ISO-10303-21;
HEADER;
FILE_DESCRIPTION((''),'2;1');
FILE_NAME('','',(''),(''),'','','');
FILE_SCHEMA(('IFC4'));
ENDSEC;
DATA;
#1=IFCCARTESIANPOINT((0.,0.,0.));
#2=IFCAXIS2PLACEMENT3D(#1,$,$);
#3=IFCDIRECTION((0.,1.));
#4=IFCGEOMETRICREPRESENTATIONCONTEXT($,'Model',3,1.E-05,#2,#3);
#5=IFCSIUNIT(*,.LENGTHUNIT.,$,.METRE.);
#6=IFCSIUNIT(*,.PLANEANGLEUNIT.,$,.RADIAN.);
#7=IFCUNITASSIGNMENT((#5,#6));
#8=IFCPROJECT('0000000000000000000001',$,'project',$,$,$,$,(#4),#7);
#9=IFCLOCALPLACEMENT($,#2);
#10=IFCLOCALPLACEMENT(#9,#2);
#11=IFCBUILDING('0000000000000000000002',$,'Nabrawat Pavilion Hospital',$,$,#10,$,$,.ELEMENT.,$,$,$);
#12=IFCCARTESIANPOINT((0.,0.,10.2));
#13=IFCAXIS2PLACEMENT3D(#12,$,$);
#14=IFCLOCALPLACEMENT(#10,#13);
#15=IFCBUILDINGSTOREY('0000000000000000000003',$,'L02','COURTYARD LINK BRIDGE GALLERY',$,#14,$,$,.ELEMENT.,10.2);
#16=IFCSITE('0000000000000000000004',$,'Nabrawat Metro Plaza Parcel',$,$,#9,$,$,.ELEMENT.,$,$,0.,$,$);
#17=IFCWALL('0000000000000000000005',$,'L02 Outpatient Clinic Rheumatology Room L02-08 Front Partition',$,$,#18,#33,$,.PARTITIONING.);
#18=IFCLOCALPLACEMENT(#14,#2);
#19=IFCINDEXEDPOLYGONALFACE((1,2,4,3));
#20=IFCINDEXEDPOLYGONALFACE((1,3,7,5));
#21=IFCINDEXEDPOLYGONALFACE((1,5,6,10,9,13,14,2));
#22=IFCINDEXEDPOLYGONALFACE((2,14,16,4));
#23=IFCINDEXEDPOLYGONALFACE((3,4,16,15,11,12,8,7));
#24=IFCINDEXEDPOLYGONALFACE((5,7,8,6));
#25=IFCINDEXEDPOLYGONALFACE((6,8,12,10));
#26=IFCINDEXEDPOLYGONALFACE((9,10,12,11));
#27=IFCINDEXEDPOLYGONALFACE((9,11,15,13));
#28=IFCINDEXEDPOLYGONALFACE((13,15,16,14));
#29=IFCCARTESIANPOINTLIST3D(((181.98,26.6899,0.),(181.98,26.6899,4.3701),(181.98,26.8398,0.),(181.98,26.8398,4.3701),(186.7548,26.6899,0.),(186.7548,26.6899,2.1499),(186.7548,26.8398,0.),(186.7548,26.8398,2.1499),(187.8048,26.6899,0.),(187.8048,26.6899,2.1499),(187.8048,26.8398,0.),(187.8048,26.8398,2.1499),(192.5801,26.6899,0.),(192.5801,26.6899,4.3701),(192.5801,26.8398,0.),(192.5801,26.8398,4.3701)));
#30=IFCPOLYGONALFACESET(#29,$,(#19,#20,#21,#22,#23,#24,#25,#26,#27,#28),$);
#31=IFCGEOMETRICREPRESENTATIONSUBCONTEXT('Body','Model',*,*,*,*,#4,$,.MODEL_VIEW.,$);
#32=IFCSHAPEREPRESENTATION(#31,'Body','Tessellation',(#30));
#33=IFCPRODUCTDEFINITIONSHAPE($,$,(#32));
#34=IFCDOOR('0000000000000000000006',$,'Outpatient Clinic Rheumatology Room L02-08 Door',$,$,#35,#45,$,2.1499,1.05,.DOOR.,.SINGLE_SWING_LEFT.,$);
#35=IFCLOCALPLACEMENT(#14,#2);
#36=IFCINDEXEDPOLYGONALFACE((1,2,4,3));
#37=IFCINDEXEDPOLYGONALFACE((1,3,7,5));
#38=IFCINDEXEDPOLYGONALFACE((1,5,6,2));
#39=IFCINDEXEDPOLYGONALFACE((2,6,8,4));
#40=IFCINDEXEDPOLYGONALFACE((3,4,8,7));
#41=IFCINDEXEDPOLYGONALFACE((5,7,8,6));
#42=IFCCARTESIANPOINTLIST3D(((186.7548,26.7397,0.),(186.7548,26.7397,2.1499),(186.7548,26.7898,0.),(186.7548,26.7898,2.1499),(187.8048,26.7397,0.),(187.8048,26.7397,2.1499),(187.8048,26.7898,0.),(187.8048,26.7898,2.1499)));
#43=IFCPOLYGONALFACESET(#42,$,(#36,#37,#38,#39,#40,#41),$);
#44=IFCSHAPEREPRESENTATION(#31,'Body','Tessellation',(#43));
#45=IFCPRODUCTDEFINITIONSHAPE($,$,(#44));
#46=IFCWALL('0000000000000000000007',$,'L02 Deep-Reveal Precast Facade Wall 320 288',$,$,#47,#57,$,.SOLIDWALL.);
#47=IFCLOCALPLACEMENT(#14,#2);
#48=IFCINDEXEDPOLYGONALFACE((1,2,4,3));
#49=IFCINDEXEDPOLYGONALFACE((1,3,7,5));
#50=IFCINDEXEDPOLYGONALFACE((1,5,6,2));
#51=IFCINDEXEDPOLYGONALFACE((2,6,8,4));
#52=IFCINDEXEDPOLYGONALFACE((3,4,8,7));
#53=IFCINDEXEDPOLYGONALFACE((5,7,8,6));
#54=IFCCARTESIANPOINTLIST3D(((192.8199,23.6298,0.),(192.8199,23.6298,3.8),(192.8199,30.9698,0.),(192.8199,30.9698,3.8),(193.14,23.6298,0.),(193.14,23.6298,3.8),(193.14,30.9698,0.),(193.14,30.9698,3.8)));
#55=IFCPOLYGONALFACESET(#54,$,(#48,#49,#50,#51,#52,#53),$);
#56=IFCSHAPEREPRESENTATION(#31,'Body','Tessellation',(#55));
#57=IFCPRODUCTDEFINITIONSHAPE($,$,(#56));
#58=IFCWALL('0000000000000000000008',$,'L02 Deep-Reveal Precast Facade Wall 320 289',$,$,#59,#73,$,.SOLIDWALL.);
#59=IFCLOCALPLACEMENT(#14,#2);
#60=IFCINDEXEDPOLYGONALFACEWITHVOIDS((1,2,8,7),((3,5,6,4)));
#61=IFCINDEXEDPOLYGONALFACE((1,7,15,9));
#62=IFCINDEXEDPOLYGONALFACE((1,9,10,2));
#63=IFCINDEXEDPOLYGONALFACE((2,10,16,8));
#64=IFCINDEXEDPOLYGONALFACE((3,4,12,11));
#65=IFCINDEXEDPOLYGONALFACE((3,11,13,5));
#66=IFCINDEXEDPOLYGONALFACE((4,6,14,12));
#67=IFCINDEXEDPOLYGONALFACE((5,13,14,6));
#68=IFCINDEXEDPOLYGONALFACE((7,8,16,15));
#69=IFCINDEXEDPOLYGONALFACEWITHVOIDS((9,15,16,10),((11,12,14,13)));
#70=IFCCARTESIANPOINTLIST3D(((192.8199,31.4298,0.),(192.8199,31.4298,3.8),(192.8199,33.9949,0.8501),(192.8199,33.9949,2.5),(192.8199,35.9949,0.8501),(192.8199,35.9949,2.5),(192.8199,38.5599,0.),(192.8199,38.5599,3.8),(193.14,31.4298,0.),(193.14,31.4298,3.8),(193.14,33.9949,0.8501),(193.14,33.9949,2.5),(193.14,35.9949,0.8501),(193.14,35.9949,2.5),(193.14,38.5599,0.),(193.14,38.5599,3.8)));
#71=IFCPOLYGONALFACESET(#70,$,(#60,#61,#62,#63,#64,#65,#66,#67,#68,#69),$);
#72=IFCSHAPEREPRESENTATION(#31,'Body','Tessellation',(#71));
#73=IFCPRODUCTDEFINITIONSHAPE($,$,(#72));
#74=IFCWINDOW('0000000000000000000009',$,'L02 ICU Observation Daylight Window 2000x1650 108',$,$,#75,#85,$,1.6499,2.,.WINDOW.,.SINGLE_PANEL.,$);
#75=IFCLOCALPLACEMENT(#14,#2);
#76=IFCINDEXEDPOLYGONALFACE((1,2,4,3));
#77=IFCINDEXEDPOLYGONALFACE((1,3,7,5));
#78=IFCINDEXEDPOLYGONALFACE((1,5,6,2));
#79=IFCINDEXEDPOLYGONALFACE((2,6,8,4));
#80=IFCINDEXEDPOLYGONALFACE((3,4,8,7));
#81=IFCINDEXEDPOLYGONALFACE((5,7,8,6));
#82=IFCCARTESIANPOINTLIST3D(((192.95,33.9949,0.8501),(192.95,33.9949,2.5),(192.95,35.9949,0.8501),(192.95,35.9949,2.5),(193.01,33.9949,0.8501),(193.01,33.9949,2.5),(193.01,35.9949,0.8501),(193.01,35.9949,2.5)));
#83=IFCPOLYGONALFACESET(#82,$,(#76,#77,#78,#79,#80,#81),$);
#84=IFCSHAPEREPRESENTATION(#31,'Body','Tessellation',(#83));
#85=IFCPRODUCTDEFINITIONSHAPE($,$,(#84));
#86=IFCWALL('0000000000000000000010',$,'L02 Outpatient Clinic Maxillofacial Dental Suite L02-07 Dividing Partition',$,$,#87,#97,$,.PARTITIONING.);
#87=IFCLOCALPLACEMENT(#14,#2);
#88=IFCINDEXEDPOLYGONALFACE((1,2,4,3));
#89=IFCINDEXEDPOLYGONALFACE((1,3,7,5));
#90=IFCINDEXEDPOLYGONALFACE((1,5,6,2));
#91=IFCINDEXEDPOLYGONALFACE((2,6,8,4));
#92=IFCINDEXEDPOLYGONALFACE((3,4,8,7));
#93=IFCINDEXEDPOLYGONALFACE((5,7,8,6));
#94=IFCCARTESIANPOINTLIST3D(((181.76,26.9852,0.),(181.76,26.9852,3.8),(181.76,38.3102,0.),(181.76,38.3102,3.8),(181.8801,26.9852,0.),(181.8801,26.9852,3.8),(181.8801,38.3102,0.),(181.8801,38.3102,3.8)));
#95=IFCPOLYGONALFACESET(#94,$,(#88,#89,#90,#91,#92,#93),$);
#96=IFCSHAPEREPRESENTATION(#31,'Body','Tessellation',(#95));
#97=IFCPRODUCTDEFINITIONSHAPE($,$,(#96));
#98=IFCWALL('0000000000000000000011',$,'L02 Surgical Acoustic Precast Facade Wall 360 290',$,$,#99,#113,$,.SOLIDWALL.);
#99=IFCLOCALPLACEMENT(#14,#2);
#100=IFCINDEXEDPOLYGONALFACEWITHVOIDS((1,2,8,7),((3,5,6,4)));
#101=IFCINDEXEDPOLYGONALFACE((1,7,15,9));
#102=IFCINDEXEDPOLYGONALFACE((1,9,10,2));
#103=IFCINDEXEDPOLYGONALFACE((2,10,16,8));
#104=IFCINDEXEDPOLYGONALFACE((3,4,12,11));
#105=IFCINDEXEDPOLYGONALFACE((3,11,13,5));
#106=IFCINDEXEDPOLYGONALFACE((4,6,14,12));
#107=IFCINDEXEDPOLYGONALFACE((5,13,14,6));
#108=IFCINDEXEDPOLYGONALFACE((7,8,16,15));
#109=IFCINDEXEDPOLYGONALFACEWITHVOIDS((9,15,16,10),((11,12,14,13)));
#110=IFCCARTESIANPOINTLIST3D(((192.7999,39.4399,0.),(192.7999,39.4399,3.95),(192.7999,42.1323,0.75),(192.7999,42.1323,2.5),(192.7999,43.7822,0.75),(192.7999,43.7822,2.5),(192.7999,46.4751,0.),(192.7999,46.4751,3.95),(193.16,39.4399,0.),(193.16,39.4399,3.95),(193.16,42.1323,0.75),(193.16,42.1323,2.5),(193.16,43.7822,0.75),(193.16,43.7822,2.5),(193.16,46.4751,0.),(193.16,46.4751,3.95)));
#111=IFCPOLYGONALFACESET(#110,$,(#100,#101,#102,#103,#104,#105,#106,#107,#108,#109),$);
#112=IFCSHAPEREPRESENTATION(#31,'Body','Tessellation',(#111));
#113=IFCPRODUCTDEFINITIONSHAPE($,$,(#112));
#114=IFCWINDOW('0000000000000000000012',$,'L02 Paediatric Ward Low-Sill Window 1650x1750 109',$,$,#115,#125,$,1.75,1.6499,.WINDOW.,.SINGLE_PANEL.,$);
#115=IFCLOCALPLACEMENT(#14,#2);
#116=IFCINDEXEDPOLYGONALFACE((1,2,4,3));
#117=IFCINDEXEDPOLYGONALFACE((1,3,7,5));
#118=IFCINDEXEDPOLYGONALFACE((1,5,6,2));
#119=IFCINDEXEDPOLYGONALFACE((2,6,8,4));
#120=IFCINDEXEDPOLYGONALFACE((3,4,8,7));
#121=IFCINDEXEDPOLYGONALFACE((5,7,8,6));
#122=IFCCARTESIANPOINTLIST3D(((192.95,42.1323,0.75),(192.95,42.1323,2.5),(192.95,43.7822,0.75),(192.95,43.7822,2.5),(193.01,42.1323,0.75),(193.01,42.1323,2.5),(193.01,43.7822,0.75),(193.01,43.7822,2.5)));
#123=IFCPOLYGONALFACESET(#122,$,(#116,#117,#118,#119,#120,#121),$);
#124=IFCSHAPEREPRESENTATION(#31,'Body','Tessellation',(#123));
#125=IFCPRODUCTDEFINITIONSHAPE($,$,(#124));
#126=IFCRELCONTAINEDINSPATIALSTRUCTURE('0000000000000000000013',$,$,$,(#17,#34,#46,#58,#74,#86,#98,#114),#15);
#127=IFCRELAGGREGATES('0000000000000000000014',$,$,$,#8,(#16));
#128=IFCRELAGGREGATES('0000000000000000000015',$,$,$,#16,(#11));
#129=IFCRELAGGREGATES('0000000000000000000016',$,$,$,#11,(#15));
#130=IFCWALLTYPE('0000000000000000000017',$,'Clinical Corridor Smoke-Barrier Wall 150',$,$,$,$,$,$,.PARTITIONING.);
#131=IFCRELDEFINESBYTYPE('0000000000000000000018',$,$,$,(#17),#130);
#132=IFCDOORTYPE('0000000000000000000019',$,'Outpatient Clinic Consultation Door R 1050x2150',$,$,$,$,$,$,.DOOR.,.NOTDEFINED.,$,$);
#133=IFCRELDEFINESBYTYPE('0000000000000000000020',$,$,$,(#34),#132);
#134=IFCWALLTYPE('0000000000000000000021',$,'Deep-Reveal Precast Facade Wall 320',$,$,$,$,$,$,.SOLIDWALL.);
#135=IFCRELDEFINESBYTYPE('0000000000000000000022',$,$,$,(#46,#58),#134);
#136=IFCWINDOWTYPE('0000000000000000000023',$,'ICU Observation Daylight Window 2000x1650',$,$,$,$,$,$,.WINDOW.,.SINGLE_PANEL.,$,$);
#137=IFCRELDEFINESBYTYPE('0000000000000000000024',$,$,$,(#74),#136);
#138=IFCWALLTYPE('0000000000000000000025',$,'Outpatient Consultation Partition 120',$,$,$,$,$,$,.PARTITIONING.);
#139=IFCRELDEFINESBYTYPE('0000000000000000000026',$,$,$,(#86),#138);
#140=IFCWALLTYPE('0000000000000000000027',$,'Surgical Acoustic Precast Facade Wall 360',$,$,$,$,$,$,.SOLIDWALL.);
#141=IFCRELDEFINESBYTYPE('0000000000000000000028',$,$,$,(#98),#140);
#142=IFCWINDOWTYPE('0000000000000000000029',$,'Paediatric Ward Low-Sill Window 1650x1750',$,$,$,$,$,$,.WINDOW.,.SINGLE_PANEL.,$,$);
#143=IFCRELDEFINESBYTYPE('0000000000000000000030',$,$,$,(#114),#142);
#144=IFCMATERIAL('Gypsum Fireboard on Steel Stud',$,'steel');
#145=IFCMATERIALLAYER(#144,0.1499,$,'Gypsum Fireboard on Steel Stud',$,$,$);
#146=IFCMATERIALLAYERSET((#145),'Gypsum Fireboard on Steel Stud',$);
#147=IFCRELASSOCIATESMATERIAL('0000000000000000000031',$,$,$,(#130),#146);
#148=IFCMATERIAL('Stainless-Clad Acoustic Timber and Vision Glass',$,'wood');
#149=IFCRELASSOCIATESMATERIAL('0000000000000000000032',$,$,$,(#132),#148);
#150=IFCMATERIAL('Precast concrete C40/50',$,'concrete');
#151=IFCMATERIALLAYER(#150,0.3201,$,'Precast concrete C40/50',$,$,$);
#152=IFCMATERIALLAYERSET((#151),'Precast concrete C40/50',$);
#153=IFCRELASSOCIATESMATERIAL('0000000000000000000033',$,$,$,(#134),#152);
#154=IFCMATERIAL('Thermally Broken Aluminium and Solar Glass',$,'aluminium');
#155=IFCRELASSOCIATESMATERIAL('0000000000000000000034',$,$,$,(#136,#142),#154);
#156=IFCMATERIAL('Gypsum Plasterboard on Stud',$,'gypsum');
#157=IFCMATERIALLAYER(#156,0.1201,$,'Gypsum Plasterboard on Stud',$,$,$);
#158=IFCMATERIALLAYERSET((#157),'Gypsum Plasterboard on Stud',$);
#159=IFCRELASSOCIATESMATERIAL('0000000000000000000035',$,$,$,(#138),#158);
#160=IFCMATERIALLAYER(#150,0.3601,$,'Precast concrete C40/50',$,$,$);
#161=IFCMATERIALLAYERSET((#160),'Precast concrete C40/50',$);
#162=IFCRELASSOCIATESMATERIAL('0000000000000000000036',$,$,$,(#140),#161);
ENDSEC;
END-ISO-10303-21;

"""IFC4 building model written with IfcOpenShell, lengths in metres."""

from ifc_helpers import new_model, si_unit, direction, frame, frame_2d, origin, place, context, subcontext, project, spatial, rectangle, extrude, material, layer, layer_set, type_object, element, fill, save


model = new_model("IFC4")

# Units and contexts
model_context = context("Model", 3, precision=1e-05, world=origin(), true_north=direction((0.0, 1.0)))
body_context = subcontext(model_context, "Body", "Model", "MODEL_VIEW")
ifc_project = project(units=[si_unit("LENGTHUNIT", "METRE"), si_unit("PLANEANGLEUNIT", "RADIAN")], contexts=[model_context])

# Site, building, storey
site_placement = place(None, origin())
site = spatial("IfcSite", under=ifc_project, at=site_placement, Name="Nabrawat Metro Plaza Parcel", CompositionType="ELEMENT", RefElevation=0.0)
building_placement = place(site_placement, origin())
building = spatial("IfcBuilding", under=site, at=building_placement, Name="Nabrawat Pavilion Hospital", CompositionType="ELEMENT")
storey_placement = place(building_placement, frame((0.0, 0.0, 10.2)))
storey = spatial("IfcBuildingStorey", under=building, at=storey_placement, Name="L02", Description="COURTYARD LINK BRIDGE GALLERY", CompositionType="ELEMENT", Elevation=10.2)

# Wall, opening, door
ifc_material_1 = material(Name="Gypsum Fireboard on Steel Stud", Category="steel")
ifc_layer_1 = layer(ifc_material_1, 0.1499, Name="Gypsum Fireboard on Steel Stud")
ifc_layer_set_1 = layer_set([ifc_layer_1], Name="Gypsum Fireboard on Steel Stud")
wall_type_1 = type_object("IfcWallType", Name="Clinical Corridor Smoke-Barrier Wall 150", PredefinedType="PARTITIONING", material=ifc_layer_set_1)
wall_1_placement = place(storey_placement, frame((181.98, 26.7649, 0.0), z_axis=(0.0, 0.0, 1.0), x_axis=(1.0, 0.0, 0.0)))
wall_1 = element("IfcWall", 1, at=wall_1_placement, inside=storey, type_object=wall_type_1, Name="L02 Outpatient Clinic Rheumatology Room L02-08 Front Partition", PredefinedType="PARTITIONING", context=body_context, shape_type="SweptSolid", body=[
    extrude(rectangle(XDim=10.6001, YDim=0.1499, at=frame_2d((5.3, 0.0))), origin(), (0.0, 0.0, 1.0), 4.3701),
])
opening_1_placement = place(wall_1_placement, frame((4.7749, 0.0, 0.0)))
opening_1 = element("IfcOpeningElement", 2, at=opening_1_placement, cuts=wall_1, PredefinedType="OPENING", context=body_context, shape_type="SweptSolid", body=[
    extrude(rectangle(XDim=1.05, YDim=2.1499, at=frame_2d((0.5249, 1.075))), frame((0.0, 0.085, 0.0), z_axis=(0.0, -1.0, 0.0), x_axis=(1.0, 0.0, 0.0)), (0.0, 0.0, 1.0), 0.1699),
])
ifc_material_2 = material(Name="Stainless-Clad Acoustic Timber and Vision Glass", Category="wood")
door_type = type_object("IfcDoorType", Name="Outpatient Clinic Consultation Door R 1050x2150", OperationType="NOTDEFINED", PredefinedType="DOOR", material=ifc_material_2)
door_placement = place(opening_1_placement, origin())
door = element("IfcDoor", 3, at=door_placement, inside=storey, type_object=door_type, Name="Outpatient Clinic Rheumatology Room L02-08 Door", OperationType="SINGLE_SWING_LEFT", OverallHeight=2.1499, OverallWidth=1.05, PredefinedType="DOOR", context=body_context, shape_type="SweptSolid", body=[
    extrude(rectangle(XDim=1.05, YDim=2.1499, at=frame_2d((0.5249, 1.075))), frame((0.0, 0.0249, 0.0), z_axis=(0.0, -1.0, 0.0), x_axis=(1.0, 0.0, 0.0)), (0.0, 0.0, 1.0), 0.05),
])
fill(opening_1, door)

# Wall
ifc_material_3 = material(Name="Precast concrete C40/50", Category="concrete")
ifc_layer_2 = layer(ifc_material_3, 0.3201, Name="Precast concrete C40/50")
ifc_layer_set_2 = layer_set([ifc_layer_2], Name="Precast concrete C40/50")
wall_type_2 = type_object("IfcWallType", Name="Deep-Reveal Precast Facade Wall 320", PredefinedType="SOLIDWALL", material=ifc_layer_set_2)
wall_2_placement = place(storey_placement, frame((192.98, 23.6299, 0.0), z_axis=(0.0, 0.0, 1.0), x_axis=(0.0, 1.0, 0.0)))
element("IfcWall", 4, at=wall_2_placement, inside=storey, type_object=wall_type_2, Name="L02 Deep-Reveal Precast Facade Wall 320 288", PredefinedType="SOLIDWALL", context=body_context, shape_type="SweptSolid", body=[
    extrude(rectangle(XDim=7.3401, YDim=0.3201, at=frame_2d((3.6699, 0.0))), origin(), (0.0, 0.0, 1.0), 3.8),
])

# Wall, opening, window
wall_3_placement = place(storey_placement, frame((192.98, 31.4299, 0.0), z_axis=(0.0, 0.0, 1.0), x_axis=(0.0, 1.0, 0.0)))
wall_3 = element("IfcWall", 5, at=wall_3_placement, inside=storey, type_object=wall_type_2, Name="L02 Deep-Reveal Precast Facade Wall 320 289", PredefinedType="SOLIDWALL", context=body_context, shape_type="SweptSolid", body=[
    extrude(rectangle(XDim=7.1301, YDim=0.3201, at=frame_2d((3.5649, 0.0))), origin(), (0.0, 0.0, 1.0), 3.8),
])
opening_2_placement = place(wall_3_placement, frame((2.5649, 0.0, 0.8501)))
opening_2 = element("IfcOpeningElement", 6, at=opening_2_placement, cuts=wall_3, PredefinedType="OPENING", context=body_context, shape_type="SweptSolid", body=[
    extrude(rectangle(XDim=2.0, YDim=1.6499, at=frame_2d((1.0, 0.825))), frame((0.0, 0.1699, 0.0), z_axis=(0.0, -1.0, 0.0), x_axis=(1.0, 0.0, 0.0)), (0.0, 0.0, 1.0), 0.3401),
])
ifc_material_4 = material(Name="Thermally Broken Aluminium and Solar Glass", Category="aluminium")
window_type_1 = type_object("IfcWindowType", Name="ICU Observation Daylight Window 2000x1650", PartitioningType="SINGLE_PANEL", PredefinedType="WINDOW", material=ifc_material_4)
window_1_placement = place(opening_2_placement, origin())
window_1 = element("IfcWindow", 7, at=window_1_placement, inside=storey, type_object=window_type_1, Name="L02 ICU Observation Daylight Window 2000x1650 108", OverallHeight=1.6499, OverallWidth=2.0, PartitioningType="SINGLE_PANEL", PredefinedType="WINDOW", context=body_context, shape_type="SweptSolid", body=[
    extrude(rectangle(XDim=2.0, YDim=1.6499, at=frame_2d((1.0, 0.825))), frame((0.0, 0.03, 0.0), z_axis=(0.0, -1.0, 0.0), x_axis=(1.0, 0.0, 0.0)), (0.0, 0.0, 1.0), 0.0601),
])
fill(opening_2, window_1)

# Wall
ifc_material_5 = material(Name="Gypsum Plasterboard on Stud", Category="gypsum")
ifc_layer_3 = layer(ifc_material_5, 0.1201, Name="Gypsum Plasterboard on Stud")
ifc_layer_set_3 = layer_set([ifc_layer_3], Name="Gypsum Plasterboard on Stud")
wall_type_3 = type_object("IfcWallType", Name="Outpatient Consultation Partition 120", PredefinedType="PARTITIONING", material=ifc_layer_set_3)
wall_4_placement = place(storey_placement, frame((181.8201, 26.9851, 0.0), z_axis=(0.0, 0.0, 1.0), x_axis=(0.0, 1.0, 0.0)))
element("IfcWall", 8, at=wall_4_placement, inside=storey, type_object=wall_type_3, Name="L02 Outpatient Clinic Maxillofacial Dental Suite L02-07 Dividing Partition", PredefinedType="PARTITIONING", context=body_context, shape_type="SweptSolid", body=[
    extrude(rectangle(XDim=11.325, YDim=0.1201, at=frame_2d((5.6626, 0.0))), origin(), (0.0, 0.0, 1.0), 3.8),
])

# Wall, opening, window
ifc_layer_4 = layer(ifc_material_3, 0.3601, Name="Precast concrete C40/50")
ifc_layer_set_4 = layer_set([ifc_layer_4], Name="Precast concrete C40/50")
wall_type_4 = type_object("IfcWallType", Name="Surgical Acoustic Precast Facade Wall 360", PredefinedType="SOLIDWALL", material=ifc_layer_set_4)
wall_5_placement = place(storey_placement, frame((192.98, 39.4399, 0.0), z_axis=(0.0, 0.0, 1.0), x_axis=(0.0, 1.0, 0.0)))
wall_5 = element("IfcWall", 9, at=wall_5_placement, inside=storey, type_object=wall_type_4, Name="L02 Surgical Acoustic Precast Facade Wall 360 290", PredefinedType="SOLIDWALL", context=body_context, shape_type="SweptSolid", body=[
    extrude(rectangle(XDim=7.0352, YDim=0.3601, at=frame_2d((3.5176, 0.0))), origin(), (0.0, 0.0, 1.0), 3.95),
])
opening_3_placement = place(wall_5_placement, frame((2.6924, 0.0, 0.75)))
opening_3 = element("IfcOpeningElement", 10, at=opening_3_placement, cuts=wall_5, PredefinedType="OPENING", context=body_context, shape_type="SweptSolid", body=[
    extrude(rectangle(XDim=1.6499, YDim=1.75, at=frame_2d((0.825, 0.875))), frame((0.0, 0.1899, 0.0), z_axis=(0.0, -1.0, 0.0), x_axis=(1.0, 0.0, 0.0)), (0.0, 0.0, 1.0), 0.3801),
])
window_type_2 = type_object("IfcWindowType", Name="Paediatric Ward Low-Sill Window 1650x1750", PartitioningType="SINGLE_PANEL", PredefinedType="WINDOW", material=ifc_material_4)
window_2_placement = place(opening_3_placement, origin())
window_2 = element("IfcWindow", 11, at=window_2_placement, inside=storey, type_object=window_type_2, Name="L02 Paediatric Ward Low-Sill Window 1650x1750 109", OverallHeight=1.75, OverallWidth=1.6499, PartitioningType="SINGLE_PANEL", PredefinedType="WINDOW", context=body_context, shape_type="SweptSolid", body=[
    extrude(rectangle(XDim=1.6499, YDim=1.75, at=frame_2d((0.825, 0.875))), frame((0.0, 0.03, 0.0), z_axis=(0.0, -1.0, 0.0), x_axis=(1.0, 0.0, 0.0)), (0.0, 0.0, 1.0), 0.0601),
])
fill(opening_3, window_2)

save(model, "model.ifc")
